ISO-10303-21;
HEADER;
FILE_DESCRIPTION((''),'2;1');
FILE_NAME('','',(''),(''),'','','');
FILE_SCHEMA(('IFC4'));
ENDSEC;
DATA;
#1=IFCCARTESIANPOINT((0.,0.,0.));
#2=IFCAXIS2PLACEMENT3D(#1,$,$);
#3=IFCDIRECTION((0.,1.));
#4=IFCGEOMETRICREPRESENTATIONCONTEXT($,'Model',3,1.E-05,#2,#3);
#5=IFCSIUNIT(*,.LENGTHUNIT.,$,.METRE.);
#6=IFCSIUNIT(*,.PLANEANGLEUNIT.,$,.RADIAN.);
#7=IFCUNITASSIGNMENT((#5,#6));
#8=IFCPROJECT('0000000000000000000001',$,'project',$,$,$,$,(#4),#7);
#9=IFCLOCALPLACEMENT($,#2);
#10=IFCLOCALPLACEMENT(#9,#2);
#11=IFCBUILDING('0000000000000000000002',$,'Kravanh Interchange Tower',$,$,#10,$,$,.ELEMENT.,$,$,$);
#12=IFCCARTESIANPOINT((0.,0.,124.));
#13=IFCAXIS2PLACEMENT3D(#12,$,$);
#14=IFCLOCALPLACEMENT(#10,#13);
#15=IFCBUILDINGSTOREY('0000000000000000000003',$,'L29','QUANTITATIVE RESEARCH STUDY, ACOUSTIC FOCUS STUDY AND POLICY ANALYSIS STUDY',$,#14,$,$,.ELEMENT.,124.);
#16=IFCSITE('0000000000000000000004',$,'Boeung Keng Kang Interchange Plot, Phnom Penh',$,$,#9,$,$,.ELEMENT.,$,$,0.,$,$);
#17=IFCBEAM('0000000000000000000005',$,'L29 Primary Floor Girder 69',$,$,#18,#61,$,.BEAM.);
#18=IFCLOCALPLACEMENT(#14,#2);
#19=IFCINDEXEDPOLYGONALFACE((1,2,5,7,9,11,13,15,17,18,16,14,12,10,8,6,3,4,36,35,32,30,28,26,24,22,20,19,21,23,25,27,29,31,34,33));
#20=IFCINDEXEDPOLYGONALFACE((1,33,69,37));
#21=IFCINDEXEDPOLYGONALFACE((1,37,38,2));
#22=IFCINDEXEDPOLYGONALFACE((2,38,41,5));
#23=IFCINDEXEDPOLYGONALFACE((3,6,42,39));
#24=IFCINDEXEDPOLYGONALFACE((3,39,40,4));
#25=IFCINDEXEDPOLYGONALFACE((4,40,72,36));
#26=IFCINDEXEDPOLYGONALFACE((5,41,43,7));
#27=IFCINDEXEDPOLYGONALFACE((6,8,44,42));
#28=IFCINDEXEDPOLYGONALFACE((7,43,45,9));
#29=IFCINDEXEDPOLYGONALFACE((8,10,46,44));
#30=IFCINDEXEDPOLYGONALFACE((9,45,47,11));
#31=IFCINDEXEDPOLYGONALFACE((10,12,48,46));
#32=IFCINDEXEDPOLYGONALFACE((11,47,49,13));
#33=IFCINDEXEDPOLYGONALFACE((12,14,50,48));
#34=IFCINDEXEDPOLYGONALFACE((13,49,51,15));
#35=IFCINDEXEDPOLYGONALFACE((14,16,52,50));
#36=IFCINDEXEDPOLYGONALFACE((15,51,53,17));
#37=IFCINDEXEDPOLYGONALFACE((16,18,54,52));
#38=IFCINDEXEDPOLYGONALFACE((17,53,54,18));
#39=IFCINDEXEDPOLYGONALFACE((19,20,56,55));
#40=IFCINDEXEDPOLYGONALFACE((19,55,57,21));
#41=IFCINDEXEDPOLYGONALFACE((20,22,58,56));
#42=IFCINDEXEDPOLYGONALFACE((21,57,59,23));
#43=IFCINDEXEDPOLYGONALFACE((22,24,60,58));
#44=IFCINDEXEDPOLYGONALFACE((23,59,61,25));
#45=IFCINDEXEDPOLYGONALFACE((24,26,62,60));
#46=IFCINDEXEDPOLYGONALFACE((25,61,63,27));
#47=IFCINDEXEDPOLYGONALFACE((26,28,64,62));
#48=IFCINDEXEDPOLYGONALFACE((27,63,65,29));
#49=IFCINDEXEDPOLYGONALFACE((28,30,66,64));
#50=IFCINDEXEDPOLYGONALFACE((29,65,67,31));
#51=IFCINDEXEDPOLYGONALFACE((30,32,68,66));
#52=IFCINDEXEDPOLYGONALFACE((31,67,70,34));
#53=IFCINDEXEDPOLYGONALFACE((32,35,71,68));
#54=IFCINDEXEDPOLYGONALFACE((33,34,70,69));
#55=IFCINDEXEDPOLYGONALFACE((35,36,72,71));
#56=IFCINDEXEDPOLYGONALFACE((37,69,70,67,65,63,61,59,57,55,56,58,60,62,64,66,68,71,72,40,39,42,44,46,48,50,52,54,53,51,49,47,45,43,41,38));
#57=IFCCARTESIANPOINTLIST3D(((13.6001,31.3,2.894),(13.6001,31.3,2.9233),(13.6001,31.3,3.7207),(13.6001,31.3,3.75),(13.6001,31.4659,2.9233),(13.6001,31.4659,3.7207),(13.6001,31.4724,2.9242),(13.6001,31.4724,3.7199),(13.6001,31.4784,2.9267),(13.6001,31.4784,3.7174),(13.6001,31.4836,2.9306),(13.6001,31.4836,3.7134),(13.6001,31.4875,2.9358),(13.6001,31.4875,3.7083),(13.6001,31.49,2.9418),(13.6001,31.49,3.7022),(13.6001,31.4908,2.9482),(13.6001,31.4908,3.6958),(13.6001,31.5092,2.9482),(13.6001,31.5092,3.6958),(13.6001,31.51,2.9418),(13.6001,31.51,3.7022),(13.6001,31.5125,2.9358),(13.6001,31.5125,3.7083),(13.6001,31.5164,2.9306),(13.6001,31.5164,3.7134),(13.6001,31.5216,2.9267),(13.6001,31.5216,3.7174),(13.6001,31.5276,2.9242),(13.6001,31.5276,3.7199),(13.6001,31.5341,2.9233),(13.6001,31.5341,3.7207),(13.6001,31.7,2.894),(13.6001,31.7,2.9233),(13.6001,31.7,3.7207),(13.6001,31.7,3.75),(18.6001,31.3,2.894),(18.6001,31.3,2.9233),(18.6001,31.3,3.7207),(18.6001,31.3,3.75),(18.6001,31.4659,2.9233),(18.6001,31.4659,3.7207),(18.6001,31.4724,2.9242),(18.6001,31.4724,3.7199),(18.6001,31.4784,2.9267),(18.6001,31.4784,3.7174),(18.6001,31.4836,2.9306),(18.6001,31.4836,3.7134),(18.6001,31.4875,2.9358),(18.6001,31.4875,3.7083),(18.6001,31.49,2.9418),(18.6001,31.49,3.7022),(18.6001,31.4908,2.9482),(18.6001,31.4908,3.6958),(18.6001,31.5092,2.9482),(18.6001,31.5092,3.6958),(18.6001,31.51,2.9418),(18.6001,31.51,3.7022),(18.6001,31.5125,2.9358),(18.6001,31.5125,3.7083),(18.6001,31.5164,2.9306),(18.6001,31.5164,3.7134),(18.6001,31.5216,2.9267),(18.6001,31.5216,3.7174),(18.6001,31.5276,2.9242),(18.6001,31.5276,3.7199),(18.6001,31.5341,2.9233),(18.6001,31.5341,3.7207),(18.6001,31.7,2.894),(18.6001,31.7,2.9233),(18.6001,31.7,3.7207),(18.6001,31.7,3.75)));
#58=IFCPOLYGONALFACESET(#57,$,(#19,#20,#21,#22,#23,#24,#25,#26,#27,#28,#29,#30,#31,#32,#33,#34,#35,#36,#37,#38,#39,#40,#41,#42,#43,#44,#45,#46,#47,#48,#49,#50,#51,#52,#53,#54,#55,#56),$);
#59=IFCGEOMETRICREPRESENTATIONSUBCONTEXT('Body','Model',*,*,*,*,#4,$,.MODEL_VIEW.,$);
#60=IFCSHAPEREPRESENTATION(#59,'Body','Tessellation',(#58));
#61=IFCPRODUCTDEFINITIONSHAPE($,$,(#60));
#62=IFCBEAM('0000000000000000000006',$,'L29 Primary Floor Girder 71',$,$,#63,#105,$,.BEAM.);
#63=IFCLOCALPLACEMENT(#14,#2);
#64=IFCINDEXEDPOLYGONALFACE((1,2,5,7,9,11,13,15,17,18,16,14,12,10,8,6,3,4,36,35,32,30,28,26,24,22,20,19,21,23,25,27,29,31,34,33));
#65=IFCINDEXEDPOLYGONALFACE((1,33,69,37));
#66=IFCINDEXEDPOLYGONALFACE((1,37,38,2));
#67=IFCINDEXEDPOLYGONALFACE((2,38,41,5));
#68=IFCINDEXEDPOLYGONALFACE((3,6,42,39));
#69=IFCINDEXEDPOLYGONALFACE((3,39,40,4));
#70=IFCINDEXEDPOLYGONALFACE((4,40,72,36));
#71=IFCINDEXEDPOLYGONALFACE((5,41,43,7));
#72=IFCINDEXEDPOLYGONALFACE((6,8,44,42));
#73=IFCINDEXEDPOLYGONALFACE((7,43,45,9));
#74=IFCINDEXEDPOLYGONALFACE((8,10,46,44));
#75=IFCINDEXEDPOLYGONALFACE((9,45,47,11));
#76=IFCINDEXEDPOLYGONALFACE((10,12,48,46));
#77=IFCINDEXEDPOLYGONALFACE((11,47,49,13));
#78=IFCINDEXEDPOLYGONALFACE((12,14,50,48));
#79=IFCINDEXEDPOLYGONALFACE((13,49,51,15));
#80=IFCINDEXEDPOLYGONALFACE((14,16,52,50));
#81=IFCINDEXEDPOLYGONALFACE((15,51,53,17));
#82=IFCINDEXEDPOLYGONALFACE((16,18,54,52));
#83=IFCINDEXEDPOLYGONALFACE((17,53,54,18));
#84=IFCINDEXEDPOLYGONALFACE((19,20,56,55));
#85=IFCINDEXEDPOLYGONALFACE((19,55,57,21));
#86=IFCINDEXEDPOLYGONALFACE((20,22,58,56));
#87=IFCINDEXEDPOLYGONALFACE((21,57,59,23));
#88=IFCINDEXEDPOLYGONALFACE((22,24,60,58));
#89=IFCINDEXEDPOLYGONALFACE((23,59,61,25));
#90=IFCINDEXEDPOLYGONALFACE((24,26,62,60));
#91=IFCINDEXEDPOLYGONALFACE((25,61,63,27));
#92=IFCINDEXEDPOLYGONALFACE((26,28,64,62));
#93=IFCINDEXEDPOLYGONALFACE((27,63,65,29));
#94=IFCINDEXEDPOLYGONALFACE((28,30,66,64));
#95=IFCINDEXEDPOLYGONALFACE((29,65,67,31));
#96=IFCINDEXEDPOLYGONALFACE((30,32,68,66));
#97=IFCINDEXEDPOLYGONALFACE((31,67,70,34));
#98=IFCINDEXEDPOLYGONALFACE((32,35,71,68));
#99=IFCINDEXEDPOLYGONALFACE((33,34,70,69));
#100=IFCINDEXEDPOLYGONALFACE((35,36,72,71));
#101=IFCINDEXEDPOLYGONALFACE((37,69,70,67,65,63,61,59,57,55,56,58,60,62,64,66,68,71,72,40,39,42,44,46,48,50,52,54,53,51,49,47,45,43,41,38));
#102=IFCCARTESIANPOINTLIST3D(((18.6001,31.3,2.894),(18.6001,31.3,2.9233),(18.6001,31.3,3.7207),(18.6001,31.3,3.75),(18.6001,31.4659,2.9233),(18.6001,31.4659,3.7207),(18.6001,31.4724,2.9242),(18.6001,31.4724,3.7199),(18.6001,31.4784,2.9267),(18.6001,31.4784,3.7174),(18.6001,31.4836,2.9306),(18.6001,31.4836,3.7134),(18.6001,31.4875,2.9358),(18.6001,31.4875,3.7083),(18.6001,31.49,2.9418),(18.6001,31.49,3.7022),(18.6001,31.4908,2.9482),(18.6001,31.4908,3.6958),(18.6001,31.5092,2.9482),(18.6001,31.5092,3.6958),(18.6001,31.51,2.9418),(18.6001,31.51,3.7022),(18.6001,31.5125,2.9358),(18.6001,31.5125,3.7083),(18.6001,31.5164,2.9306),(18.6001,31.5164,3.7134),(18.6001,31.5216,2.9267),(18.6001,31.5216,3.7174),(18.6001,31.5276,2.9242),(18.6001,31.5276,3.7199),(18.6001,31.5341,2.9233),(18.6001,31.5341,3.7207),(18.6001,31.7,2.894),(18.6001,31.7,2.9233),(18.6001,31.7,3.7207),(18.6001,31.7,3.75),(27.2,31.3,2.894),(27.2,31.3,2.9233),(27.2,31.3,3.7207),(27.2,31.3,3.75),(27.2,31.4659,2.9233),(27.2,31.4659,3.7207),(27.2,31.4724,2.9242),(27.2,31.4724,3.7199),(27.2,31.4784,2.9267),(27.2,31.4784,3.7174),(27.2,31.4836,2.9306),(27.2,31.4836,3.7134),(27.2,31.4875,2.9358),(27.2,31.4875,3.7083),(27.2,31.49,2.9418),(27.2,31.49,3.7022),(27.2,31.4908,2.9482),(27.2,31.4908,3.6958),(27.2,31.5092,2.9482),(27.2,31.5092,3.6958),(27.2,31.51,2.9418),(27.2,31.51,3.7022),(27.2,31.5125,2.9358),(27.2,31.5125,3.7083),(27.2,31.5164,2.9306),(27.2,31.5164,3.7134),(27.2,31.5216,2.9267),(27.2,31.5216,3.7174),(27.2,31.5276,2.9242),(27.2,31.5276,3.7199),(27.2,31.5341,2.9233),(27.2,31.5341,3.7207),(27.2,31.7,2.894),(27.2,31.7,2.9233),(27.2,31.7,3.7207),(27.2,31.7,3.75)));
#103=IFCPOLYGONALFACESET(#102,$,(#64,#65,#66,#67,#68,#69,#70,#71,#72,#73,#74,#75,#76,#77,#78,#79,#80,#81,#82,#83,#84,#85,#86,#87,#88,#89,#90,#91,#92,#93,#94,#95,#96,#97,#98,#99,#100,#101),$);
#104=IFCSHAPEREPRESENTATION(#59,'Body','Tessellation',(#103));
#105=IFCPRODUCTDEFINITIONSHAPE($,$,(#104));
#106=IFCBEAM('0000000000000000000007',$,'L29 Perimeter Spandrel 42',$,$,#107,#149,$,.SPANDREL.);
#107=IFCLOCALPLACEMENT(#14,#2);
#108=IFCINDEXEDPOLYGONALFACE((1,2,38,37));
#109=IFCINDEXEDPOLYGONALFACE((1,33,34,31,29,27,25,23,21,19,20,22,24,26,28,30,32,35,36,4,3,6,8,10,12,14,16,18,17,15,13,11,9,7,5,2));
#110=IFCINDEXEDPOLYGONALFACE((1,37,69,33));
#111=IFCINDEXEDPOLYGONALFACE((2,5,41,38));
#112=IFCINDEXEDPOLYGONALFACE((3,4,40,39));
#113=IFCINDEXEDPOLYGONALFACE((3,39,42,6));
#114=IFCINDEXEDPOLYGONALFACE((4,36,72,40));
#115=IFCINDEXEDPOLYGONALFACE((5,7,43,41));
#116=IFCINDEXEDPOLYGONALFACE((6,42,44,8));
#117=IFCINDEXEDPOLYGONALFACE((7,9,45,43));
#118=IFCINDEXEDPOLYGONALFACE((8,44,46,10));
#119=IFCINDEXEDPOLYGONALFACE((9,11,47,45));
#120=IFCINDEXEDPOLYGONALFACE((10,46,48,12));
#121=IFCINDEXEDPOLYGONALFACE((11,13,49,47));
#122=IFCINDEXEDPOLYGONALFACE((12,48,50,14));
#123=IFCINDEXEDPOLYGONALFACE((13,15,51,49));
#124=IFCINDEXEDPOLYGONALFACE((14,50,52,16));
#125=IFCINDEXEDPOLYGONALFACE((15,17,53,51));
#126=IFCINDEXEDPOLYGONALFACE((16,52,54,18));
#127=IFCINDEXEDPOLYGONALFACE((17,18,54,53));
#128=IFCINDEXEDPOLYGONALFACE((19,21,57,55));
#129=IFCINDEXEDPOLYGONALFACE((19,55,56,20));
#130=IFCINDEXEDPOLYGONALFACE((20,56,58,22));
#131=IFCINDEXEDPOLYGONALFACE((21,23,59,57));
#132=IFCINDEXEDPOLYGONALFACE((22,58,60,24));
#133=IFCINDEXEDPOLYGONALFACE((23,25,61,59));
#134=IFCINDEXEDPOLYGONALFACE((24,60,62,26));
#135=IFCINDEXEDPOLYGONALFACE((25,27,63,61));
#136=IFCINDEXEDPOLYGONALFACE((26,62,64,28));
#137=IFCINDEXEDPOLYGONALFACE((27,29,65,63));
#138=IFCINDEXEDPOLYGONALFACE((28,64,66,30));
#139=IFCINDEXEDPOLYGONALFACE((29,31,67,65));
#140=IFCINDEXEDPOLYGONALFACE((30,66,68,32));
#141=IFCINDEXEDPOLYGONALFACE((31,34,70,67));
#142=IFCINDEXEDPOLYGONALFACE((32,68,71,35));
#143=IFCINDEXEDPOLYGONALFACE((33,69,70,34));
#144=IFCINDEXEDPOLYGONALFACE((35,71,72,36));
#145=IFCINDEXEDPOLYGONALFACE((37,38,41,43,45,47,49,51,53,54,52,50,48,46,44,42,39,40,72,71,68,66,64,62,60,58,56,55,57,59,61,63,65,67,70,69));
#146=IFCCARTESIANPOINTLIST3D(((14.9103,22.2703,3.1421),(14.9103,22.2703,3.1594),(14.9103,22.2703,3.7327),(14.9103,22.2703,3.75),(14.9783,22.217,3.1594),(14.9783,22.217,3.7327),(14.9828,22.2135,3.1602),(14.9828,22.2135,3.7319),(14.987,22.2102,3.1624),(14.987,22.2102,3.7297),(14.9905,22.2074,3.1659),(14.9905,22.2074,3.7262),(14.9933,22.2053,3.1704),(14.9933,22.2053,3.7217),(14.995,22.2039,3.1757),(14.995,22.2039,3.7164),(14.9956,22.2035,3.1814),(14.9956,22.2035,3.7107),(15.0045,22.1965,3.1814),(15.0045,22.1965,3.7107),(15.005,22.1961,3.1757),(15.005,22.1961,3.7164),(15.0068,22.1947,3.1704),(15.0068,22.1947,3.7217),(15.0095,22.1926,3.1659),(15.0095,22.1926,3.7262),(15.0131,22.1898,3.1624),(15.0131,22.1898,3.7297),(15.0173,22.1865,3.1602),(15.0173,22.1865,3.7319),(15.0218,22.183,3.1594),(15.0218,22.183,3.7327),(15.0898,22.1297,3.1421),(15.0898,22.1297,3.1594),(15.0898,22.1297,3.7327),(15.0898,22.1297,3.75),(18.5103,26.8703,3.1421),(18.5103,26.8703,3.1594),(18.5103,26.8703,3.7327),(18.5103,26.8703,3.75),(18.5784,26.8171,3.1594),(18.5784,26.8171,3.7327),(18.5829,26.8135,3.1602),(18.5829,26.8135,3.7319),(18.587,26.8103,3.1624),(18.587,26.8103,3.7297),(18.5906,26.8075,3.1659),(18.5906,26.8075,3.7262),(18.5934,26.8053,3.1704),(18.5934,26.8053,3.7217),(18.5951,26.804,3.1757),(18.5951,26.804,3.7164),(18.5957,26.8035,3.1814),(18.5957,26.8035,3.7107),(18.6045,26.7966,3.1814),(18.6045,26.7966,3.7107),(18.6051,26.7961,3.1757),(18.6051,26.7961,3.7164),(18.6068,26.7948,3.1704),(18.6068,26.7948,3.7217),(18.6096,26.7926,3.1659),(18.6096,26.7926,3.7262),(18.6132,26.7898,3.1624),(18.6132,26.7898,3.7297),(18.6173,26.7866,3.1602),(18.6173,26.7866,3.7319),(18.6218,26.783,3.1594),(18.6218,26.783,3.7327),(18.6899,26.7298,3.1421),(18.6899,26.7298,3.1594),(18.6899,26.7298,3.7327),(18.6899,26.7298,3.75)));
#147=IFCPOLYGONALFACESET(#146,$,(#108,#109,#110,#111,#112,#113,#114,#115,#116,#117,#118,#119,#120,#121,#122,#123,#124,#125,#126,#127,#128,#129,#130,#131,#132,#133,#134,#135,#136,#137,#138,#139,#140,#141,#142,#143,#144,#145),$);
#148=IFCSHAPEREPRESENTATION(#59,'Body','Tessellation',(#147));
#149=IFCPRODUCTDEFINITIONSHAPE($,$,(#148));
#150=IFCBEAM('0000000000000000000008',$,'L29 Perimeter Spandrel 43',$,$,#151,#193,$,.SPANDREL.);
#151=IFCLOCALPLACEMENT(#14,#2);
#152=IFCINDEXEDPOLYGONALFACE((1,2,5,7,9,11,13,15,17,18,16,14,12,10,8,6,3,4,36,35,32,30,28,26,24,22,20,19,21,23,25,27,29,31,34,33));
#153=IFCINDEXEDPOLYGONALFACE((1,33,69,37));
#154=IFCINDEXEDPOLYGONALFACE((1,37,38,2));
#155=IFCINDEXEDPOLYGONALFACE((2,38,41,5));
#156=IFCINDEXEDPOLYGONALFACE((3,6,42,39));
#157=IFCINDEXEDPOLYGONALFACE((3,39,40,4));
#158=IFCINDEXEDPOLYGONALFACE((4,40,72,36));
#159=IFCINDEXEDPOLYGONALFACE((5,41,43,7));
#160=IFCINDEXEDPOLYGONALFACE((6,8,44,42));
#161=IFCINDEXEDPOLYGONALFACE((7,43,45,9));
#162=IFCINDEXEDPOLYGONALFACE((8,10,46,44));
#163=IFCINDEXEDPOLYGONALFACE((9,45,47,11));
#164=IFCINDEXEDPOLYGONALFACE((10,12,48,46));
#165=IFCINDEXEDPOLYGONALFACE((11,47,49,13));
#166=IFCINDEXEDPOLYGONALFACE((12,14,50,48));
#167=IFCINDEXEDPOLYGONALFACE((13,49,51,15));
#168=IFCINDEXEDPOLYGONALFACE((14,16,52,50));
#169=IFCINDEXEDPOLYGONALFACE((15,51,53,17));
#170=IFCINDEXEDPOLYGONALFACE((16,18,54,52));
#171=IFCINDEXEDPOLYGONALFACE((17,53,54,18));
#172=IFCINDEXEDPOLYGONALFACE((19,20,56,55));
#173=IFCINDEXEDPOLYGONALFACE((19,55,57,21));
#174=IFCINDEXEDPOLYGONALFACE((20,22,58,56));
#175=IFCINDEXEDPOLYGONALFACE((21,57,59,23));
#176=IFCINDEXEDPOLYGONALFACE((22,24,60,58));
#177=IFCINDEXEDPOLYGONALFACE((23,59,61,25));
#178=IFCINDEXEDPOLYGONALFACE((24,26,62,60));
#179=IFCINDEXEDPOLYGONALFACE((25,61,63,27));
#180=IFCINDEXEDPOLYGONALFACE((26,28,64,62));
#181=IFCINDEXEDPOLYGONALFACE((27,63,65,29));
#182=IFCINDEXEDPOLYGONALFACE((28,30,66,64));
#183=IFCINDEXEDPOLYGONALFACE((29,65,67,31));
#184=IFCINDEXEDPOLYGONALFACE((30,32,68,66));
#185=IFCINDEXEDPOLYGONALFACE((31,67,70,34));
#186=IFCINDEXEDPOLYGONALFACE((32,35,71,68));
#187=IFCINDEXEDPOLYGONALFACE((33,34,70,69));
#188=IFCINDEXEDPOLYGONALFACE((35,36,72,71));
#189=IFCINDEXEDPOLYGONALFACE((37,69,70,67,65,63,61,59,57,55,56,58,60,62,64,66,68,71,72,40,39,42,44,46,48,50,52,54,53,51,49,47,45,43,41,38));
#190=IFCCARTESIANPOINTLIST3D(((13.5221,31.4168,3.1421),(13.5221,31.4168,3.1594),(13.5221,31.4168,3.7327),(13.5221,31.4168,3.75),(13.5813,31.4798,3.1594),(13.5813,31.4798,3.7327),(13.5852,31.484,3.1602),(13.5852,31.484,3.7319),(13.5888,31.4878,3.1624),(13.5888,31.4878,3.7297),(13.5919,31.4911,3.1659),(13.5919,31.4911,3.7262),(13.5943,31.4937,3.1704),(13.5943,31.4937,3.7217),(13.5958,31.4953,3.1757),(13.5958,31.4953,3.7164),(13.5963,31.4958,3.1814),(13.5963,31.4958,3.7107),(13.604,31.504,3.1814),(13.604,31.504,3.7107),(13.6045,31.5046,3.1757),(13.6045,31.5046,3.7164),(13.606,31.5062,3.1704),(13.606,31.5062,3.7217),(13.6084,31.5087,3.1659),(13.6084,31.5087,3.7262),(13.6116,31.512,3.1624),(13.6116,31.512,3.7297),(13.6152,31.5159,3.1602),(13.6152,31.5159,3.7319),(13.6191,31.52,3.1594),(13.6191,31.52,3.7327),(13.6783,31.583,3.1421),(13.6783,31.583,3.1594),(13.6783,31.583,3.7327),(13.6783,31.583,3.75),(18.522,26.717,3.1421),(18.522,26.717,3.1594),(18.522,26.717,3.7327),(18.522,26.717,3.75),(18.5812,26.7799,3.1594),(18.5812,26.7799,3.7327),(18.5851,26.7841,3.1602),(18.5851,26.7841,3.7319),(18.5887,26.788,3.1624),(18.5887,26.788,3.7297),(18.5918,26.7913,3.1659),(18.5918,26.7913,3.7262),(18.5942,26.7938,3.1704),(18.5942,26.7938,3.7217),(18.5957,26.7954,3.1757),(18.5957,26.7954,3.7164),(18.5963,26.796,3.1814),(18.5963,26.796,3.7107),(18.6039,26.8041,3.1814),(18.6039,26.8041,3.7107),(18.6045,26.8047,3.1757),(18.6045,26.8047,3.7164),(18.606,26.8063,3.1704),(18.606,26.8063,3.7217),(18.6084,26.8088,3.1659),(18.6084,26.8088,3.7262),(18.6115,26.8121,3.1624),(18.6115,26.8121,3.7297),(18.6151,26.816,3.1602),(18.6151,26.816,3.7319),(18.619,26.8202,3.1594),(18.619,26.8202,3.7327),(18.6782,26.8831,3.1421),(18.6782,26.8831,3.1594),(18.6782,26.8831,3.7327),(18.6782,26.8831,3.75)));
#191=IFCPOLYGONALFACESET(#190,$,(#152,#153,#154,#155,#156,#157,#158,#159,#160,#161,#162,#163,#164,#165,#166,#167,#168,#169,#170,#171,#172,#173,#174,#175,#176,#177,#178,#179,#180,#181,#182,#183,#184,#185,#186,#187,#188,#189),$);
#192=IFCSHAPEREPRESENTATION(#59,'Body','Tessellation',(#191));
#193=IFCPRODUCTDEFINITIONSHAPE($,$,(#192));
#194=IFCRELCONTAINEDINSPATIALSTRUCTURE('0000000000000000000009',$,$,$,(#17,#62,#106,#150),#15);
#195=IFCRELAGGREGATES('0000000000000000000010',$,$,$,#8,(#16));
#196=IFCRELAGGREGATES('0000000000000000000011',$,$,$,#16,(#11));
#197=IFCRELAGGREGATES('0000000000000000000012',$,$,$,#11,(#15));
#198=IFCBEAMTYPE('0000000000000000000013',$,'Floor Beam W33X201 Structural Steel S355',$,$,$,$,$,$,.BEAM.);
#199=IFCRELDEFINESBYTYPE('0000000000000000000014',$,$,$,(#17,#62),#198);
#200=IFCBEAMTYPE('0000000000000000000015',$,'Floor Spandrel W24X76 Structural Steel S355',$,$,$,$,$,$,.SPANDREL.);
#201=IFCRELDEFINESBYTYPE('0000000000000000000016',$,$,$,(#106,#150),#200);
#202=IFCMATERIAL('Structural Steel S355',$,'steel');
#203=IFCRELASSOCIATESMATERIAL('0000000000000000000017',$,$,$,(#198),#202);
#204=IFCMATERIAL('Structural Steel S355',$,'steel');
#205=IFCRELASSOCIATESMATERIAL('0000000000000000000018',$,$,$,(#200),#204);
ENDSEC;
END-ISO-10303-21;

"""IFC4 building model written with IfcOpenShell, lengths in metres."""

from ifc_helpers import new_model, si_unit, direction, frame, origin, origin_2d, place, context, subcontext, project, spatial, i_section, extrude, material, material_profile, profile_set, type_object, element, save


model = new_model("IFC4")

# Units and contexts
model_context = context("Model", 3, precision=1e-05, world=origin(), true_north=direction((0.0, 1.0)))
body_context = subcontext(model_context, "Body", "Model", "MODEL_VIEW")
ifc_project = project(units=[si_unit("LENGTHUNIT", "METRE"), si_unit("PLANEANGLEUNIT", "RADIAN")], contexts=[model_context])

# Site, building, storey
site_placement = place(None, origin())
site = spatial("IfcSite", under=ifc_project, at=site_placement, Name="Boeung Keng Kang Interchange Plot, Phnom Penh", CompositionType="ELEMENT", RefElevation=0.0)
building_placement = place(site_placement, origin())
building = spatial("IfcBuilding", under=site, at=building_placement, Name="Kravanh Interchange Tower", CompositionType="ELEMENT")
storey_placement = place(building_placement, frame((0.0, 0.0, 124.0)))
storey = spatial("IfcBuildingStorey", under=building, at=storey_placement, Name="L29", Description="QUANTITATIVE RESEARCH STUDY, ACOUSTIC FOCUS STUDY AND POLICY ANALYSIS STUDY", CompositionType="ELEMENT", Elevation=124.0)

# Beams
ifc_material_1 = material(Name="Structural Steel S355", Category="steel")
ifc_material_profile_1 = material_profile(ifc_material_1, i_section(OverallWidth=0.3999, OverallDepth=0.856, WebThickness=0.0183, FlangeThickness=0.0293, FilletRadius=0.0249, at=origin_2d()), Name="W33X201")
ifc_profile_set_1 = profile_set([ifc_material_profile_1], Name="Structural Steel S355")
beam_type_1 = type_object("IfcBeamType", Name="Floor Beam W33X201 Structural Steel S355", PredefinedType="BEAM", material=ifc_profile_set_1)
beam_1_placement = place(storey_placement, frame((13.6001, 31.5, 3.322), z_axis=(1.0, 0.0, 0.0), x_axis=(0.0, 1.0, 0.0)))
element("IfcBeam", 1, at=beam_1_placement, inside=storey, type_object=beam_type_1, Name="L29 Primary Floor Girder 69", PredefinedType="BEAM", context=body_context, shape_type="SweptSolid", body=[
    extrude(i_section(OverallWidth=0.3999, OverallDepth=0.856, WebThickness=0.0183, FlangeThickness=0.0293, FilletRadius=0.0249, at=origin_2d()), origin(), (0.0, 0.0, 1.0), 5.0),
])
beam_2_placement = place(storey_placement, frame((18.6001, 31.5, 3.322), z_axis=(1.0, 0.0, 0.0), x_axis=(0.0, 1.0, 0.0)))
element("IfcBeam", 2, at=beam_2_placement, inside=storey, type_object=beam_type_1, Name="L29 Primary Floor Girder 71", PredefinedType="BEAM", context=body_context, shape_type="SweptSolid", body=[
    extrude(i_section(OverallWidth=0.3999, OverallDepth=0.856, WebThickness=0.0183, FlangeThickness=0.0293, FilletRadius=0.0249, at=origin_2d()), origin(), (0.0, 0.0, 1.0), 8.5999),
])
ifc_material_2 = material(Name="Structural Steel S355", Category="steel")
ifc_material_profile_2 = material_profile(ifc_material_2, i_section(OverallWidth=0.228, OverallDepth=0.6079, WebThickness=0.0112, FlangeThickness=0.0173, FilletRadius=0.022, at=origin_2d()), Name="W24X76")
ifc_profile_set_2 = profile_set([ifc_material_profile_2], Name="Structural Steel S355")
beam_type_2 = type_object("IfcBeamType", Name="Floor Spandrel W24X76 Structural Steel S355", PredefinedType="SPANDREL", material=ifc_profile_set_2)
beam_3_placement = place(storey_placement, frame((18.6001, 26.8, 3.446), z_axis=(-0.616311, -0.787503, 0.0), x_axis=(0.787503, -0.616311, 0.0)))
element("IfcBeam", 3, at=beam_3_placement, inside=storey, type_object=beam_type_2, Name="L29 Perimeter Spandrel 42", PredefinedType="SPANDREL", context=body_context, shape_type="SweptSolid", body=[
    extrude(i_section(OverallWidth=0.228, OverallDepth=0.6079, WebThickness=0.0112, FlangeThickness=0.0173, FilletRadius=0.022, at=origin_2d()), origin(), (0.0, 0.0, 1.0), 5.8413),
])
beam_4_placement = place(storey_placement, frame((18.6001, 26.8, 3.446), z_axis=(-0.728631, 0.684906, 0.0), x_axis=(-0.684906, -0.728631, 0.0)))
element("IfcBeam", 4, at=beam_4_placement, inside=storey, type_object=beam_type_2, Name="L29 Perimeter Spandrel 43", PredefinedType="SPANDREL", context=body_context, shape_type="SweptSolid", body=[
    extrude(i_section(OverallWidth=0.228, OverallDepth=0.6079, WebThickness=0.0112, FlangeThickness=0.0173, FilletRadius=0.022, at=origin_2d()), origin(), (0.0, 0.0, 1.0), 6.8621),
])

save(model, "model.ifc")
